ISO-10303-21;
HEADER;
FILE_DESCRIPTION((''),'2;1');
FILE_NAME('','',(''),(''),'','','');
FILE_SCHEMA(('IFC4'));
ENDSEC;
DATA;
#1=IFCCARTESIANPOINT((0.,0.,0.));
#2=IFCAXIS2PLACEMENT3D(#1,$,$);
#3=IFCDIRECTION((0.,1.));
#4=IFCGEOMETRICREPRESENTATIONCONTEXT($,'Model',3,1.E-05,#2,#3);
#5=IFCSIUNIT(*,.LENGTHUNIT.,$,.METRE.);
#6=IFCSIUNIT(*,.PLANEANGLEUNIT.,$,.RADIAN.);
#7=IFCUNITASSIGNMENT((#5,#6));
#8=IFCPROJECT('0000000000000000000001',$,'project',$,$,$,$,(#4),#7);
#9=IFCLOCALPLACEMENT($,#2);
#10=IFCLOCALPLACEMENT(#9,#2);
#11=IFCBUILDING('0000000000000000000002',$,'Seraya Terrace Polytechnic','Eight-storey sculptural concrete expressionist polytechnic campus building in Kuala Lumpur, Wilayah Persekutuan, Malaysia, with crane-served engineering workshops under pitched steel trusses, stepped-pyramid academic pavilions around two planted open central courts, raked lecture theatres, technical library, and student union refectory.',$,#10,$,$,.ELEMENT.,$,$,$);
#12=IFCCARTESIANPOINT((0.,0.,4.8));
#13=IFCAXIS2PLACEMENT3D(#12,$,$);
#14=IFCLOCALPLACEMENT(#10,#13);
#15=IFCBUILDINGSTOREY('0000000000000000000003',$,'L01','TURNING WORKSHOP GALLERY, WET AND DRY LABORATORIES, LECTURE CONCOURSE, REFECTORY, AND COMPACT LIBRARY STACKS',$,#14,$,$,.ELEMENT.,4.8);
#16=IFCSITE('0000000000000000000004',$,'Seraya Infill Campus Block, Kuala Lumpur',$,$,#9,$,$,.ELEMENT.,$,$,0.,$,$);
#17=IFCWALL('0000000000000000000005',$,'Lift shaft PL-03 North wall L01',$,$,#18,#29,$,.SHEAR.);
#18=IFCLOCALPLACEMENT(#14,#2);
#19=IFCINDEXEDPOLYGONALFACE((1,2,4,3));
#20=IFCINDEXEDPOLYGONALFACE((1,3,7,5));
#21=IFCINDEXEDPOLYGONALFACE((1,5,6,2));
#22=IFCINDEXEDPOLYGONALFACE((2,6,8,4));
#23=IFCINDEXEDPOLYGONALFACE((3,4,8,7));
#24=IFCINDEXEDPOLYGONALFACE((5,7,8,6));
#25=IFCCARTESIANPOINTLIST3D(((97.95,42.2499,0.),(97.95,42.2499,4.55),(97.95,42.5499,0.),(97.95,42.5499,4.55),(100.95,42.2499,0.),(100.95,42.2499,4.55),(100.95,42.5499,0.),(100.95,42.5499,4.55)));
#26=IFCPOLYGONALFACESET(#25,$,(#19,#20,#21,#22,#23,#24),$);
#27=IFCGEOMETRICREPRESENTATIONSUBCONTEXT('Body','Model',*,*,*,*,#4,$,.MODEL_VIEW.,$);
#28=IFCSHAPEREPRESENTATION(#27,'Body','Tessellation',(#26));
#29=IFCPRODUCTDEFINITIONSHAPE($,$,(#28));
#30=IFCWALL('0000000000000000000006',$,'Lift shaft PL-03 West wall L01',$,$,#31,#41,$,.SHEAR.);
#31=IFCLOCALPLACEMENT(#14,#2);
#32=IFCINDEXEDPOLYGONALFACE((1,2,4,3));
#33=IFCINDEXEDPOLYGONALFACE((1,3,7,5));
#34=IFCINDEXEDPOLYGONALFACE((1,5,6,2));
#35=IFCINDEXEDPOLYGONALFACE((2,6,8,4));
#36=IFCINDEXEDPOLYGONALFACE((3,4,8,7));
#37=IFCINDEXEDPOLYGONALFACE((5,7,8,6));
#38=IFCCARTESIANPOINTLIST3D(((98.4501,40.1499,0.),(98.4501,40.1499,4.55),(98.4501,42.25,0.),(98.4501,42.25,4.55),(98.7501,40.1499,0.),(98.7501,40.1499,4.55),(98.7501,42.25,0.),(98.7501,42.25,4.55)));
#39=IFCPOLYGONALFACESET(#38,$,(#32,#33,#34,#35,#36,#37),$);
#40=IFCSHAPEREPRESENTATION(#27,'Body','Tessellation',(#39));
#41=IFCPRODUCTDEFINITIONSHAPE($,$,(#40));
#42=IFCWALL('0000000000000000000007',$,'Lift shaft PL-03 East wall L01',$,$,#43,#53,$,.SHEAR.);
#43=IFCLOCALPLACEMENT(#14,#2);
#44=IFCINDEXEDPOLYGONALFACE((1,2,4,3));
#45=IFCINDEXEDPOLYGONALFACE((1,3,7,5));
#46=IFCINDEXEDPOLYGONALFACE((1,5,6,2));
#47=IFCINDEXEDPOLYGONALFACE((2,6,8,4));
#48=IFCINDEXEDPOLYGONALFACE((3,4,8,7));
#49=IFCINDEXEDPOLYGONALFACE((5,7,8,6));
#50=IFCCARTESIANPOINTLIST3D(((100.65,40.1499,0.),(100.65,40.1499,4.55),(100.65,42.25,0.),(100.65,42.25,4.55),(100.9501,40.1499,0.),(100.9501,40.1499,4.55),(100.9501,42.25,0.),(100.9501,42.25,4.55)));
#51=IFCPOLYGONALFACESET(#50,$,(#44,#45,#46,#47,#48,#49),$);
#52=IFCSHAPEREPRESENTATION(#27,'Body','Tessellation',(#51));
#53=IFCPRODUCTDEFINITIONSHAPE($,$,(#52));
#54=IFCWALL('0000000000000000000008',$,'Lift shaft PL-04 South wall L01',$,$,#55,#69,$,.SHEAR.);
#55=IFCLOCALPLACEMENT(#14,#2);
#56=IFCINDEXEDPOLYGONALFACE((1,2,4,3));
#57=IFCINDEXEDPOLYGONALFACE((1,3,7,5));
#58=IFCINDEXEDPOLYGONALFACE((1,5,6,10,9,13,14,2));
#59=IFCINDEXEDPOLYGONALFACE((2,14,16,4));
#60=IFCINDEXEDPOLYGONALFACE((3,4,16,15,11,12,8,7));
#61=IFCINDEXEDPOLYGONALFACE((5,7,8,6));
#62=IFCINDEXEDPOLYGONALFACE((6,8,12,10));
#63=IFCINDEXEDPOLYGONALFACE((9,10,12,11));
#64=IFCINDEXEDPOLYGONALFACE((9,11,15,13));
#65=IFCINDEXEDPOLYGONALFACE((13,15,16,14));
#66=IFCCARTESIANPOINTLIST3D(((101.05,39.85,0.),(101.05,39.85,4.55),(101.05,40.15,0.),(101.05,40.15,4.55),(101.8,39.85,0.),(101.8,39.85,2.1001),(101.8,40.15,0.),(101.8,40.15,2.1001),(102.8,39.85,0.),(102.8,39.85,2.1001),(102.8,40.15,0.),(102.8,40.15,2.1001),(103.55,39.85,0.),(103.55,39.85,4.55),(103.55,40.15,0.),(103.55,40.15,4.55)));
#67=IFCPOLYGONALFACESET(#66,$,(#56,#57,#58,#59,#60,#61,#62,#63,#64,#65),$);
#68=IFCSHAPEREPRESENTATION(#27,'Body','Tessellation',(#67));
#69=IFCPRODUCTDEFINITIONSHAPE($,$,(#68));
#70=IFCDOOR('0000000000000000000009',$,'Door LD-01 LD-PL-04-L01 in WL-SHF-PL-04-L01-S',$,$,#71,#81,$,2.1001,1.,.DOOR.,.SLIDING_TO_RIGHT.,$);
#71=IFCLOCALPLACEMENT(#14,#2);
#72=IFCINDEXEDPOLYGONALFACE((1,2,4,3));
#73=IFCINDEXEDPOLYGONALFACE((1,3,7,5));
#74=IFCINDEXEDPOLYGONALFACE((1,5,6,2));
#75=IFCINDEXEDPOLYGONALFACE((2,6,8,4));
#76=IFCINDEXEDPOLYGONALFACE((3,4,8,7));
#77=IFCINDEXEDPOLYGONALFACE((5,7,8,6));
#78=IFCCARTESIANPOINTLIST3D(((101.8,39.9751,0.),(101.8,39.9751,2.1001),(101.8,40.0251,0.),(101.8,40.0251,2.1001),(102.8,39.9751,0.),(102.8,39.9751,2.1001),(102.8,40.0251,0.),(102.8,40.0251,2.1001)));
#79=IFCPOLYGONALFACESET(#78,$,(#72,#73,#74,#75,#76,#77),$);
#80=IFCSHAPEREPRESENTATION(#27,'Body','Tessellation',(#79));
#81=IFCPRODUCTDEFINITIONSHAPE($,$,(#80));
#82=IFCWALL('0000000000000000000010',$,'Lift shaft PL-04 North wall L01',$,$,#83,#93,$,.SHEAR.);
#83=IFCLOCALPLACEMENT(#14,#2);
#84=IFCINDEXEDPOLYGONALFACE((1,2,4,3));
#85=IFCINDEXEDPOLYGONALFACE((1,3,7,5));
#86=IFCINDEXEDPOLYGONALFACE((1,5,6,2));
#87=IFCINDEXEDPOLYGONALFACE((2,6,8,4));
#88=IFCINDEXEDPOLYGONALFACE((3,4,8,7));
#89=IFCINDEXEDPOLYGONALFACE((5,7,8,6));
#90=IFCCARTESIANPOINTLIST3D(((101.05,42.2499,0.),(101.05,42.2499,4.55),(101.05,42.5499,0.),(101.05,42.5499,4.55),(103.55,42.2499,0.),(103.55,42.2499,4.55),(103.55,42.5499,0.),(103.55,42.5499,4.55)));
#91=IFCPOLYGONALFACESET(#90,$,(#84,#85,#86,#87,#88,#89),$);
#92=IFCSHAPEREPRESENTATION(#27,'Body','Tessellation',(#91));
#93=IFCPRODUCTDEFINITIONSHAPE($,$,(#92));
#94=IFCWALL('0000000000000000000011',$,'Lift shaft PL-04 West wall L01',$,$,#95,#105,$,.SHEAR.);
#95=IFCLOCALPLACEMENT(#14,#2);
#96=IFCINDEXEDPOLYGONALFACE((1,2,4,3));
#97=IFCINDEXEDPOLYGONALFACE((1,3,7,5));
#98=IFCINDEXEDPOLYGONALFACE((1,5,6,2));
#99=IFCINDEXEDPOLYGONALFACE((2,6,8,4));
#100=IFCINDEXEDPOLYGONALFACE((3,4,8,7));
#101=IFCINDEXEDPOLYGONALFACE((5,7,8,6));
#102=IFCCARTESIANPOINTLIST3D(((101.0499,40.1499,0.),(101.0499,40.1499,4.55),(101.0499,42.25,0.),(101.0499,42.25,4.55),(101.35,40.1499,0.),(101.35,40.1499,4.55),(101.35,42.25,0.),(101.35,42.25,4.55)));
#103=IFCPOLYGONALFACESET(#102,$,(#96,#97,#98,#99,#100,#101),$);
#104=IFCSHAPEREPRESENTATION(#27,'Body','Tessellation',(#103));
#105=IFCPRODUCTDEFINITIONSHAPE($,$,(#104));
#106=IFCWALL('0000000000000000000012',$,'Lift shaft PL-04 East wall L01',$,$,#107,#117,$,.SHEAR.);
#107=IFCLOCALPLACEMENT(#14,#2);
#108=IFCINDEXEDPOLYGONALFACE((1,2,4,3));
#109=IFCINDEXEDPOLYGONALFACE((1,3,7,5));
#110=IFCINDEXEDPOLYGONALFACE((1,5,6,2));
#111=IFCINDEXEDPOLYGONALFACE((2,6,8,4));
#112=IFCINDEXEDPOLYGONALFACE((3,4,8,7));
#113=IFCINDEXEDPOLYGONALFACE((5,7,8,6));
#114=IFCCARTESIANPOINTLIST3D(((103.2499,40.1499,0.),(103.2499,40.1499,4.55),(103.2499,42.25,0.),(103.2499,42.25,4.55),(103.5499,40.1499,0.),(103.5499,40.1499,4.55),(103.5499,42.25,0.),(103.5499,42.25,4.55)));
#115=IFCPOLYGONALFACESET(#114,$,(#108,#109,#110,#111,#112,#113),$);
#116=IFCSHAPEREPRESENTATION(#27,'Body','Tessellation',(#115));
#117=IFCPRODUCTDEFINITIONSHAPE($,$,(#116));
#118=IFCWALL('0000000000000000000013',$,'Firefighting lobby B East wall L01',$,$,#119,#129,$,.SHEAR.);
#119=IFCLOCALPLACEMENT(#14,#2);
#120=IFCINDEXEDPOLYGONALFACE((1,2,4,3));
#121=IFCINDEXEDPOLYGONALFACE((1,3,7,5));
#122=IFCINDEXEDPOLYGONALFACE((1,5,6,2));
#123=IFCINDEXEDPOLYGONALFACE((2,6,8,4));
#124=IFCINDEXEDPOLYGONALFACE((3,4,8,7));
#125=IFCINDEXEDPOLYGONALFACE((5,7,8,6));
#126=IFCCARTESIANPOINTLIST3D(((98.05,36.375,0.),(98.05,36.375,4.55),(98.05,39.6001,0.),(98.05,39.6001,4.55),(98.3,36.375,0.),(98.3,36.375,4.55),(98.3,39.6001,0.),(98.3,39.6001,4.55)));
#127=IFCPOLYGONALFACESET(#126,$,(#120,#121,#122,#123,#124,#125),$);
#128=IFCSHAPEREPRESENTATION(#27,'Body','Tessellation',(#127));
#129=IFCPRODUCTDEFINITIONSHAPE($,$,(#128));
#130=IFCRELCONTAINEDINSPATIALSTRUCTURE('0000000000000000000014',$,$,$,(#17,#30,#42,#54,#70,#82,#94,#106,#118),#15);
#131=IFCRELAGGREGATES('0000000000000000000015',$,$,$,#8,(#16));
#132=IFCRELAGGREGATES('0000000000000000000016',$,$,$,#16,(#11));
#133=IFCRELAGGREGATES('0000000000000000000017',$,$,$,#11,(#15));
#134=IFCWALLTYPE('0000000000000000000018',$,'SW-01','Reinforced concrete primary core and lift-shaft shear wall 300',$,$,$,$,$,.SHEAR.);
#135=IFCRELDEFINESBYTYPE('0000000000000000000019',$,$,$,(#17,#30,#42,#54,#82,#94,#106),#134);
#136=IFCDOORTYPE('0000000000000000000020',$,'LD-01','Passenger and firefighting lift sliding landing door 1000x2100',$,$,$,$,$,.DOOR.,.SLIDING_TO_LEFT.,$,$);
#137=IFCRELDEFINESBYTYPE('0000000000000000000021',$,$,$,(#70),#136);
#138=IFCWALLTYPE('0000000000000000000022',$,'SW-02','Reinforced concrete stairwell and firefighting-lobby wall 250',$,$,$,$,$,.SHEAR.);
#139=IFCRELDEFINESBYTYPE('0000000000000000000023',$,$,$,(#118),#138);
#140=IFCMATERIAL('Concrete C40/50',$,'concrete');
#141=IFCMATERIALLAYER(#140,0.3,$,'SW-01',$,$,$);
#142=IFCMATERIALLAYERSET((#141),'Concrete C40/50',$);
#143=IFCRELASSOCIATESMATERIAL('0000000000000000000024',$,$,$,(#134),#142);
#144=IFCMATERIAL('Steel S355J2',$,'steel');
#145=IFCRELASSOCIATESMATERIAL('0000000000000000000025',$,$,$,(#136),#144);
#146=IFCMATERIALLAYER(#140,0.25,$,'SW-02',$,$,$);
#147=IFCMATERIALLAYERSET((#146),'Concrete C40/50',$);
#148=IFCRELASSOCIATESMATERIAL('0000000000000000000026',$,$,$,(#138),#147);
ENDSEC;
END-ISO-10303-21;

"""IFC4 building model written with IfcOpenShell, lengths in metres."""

from ifc_helpers import new_model, si_unit, direction, frame, frame_2d, origin, place, context, subcontext, project, spatial, rectangle, extrude, material, layer, layer_set, type_object, element, fill, save


model = new_model("IFC4")

# Units and contexts
model_context = context("Model", 3, precision=1e-05, world=origin(), true_north=direction((0.0, 1.0)))
body_context = subcontext(model_context, "Body", "Model", "MODEL_VIEW")
ifc_project = project(units=[si_unit("LENGTHUNIT", "METRE"), si_unit("PLANEANGLEUNIT", "RADIAN")], contexts=[model_context])

# Site, building, storey
site_placement = place(None, origin())
site = spatial("IfcSite", under=ifc_project, at=site_placement, Name="Seraya Infill Campus Block, Kuala Lumpur", CompositionType="ELEMENT", RefElevation=0.0)
building_placement = place(site_placement, origin())
building = spatial("IfcBuilding", under=site, at=building_placement, Name="Seraya Terrace Polytechnic", Description="Eight-storey sculptural concrete expressionist polytechnic campus building in Kuala Lumpur, Wilayah Persekutuan, Malaysia, with crane-served engineering workshops under pitched steel trusses, stepped-pyramid academic pavilions around two planted open central courts, raked lecture theatres, technical library, and student union refectory.", CompositionType="ELEMENT")
storey_placement = place(building_placement, frame((0.0, 0.0, 4.8)))
storey = spatial("IfcBuildingStorey", under=building, at=storey_placement, Name="L01", Description="TURNING WORKSHOP GALLERY, WET AND DRY LABORATORIES, LECTURE CONCOURSE, REFECTORY, AND COMPACT LIBRARY STACKS", CompositionType="ELEMENT", Elevation=4.8)

# Shared definitions
ifc_material_1 = material(Name="Concrete C40/50", Category="concrete")

# Shared definitions
ifc_layer_1 = layer(ifc_material_1, 0.3, Name="SW-01")
ifc_layer_set_1 = layer_set([ifc_layer_1], Name="Concrete C40/50")
wall_type_1 = type_object("IfcWallType", Name="SW-01", Description="Reinforced concrete primary core and lift-shaft shear wall 300", PredefinedType="SHEAR", material=ifc_layer_set_1)
ifc_material_2 = material(Name="Steel S355J2", Category="steel")
door_type = type_object("IfcDoorType", Name="LD-01", Description="Passenger and firefighting lift sliding landing door 1000x2100", OperationType="SLIDING_TO_LEFT", PredefinedType="DOOR", material=ifc_material_2)

# Walls
wall_1_placement = place(storey_placement, frame((97.95, 42.3999, 0.0), z_axis=(0.0, 0.0, 1.0), x_axis=(1.0, 0.0, 0.0)))
element("IfcWall", 1, at=wall_1_placement, inside=storey, type_object=wall_type_1, Name="Lift shaft PL-03 North wall L01", PredefinedType="SHEAR", context=body_context, shape_type="SweptSolid", body=[
    extrude(rectangle(XDim=3.0, YDim=0.3, at=frame_2d((1.5, 0.0))), origin(), (0.0, 0.0, 1.0), 4.55),
])
for number, where, z_axis, x_axis, name in (
    (2, (98.6001, 40.1499, 0.0), (0.0, 0.0, 1.0), (0.0, 1.0, 0.0), "Lift shaft PL-03 West wall L01"),
    (3, (100.8, 40.1499, 0.0), (0.0, 0.0, 1.0), (0.0, 1.0, 0.0), "Lift shaft PL-03 East wall L01"),
):
    element("IfcWall", number, at=place(storey_placement, frame(where, z_axis=z_axis, x_axis=x_axis)), inside=storey, type_object=wall_type_1, Name=name, PredefinedType="SHEAR", context=body_context, shape_type="SweptSolid", body=[
        extrude(rectangle(XDim=2.1001, YDim=0.3, at=frame_2d((1.05, 0.0))), origin(), (0.0, 0.0, 1.0), 4.55),
    ])

# Wall, opening, door
wall_2_placement = place(storey_placement, frame((101.05, 40.0, 0.0), z_axis=(0.0, 0.0, 1.0), x_axis=(1.0, 0.0, 0.0)))
wall_2 = element("IfcWall", 4, at=wall_2_placement, inside=storey, type_object=wall_type_1, Name="Lift shaft PL-04 South wall L01", PredefinedType="SHEAR", context=body_context, shape_type="SweptSolid", body=[
    extrude(rectangle(XDim=2.5, YDim=0.3, at=frame_2d((1.25, 0.0))), origin(), (0.0, 0.0, 1.0), 4.55),
])
opening_1_placement = place(wall_2_placement, frame((0.75, 0.0, 0.0)))
opening_1 = element("IfcOpeningElement", 5, at=opening_1_placement, cuts=wall_2, PredefinedType="OPENING", context=body_context, shape_type="SweptSolid", body=[
    extrude(rectangle(XDim=1.0, YDim=2.1001, at=frame_2d((0.5, 1.05))), frame((0.0, 0.1621, 0.0), z_axis=(0.0, -1.0, 0.0), x_axis=(1.0, 0.0, 0.0)), (0.0, 0.0, 1.0), 0.324),
])
door_1_placement = place(opening_1_placement, frame((1.0, 0.0, 0.0), z_axis=(0.0, 0.0, 1.0), x_axis=(-1.0, 0.0, 0.0)))
door_1 = element("IfcDoor", 6, at=door_1_placement, inside=storey, type_object=door_type, Name="Door LD-01 LD-PL-04-L01 in WL-SHF-PL-04-L01-S", OperationType="SLIDING_TO_RIGHT", OverallHeight=2.1001, OverallWidth=1.0, PredefinedType="DOOR", context=body_context, shape_type="SweptSolid", body=[
    extrude(rectangle(XDim=1.0, YDim=2.1001, at=frame_2d((0.5, 1.05))), frame((0.0, 0.0249, 0.0), z_axis=(0.0, -1.0, 0.0), x_axis=(1.0, 0.0, 0.0)), (0.0, 0.0, 1.0), 0.05),
])
fill(opening_1, door_1)

# Walls
wall_3_placement = place(storey_placement, frame((101.05, 42.3999, 0.0), z_axis=(0.0, 0.0, 1.0), x_axis=(1.0, 0.0, 0.0)))
element("IfcWall", 7, at=wall_3_placement, inside=storey, type_object=wall_type_1, Name="Lift shaft PL-04 North wall L01", PredefinedType="SHEAR", context=body_context, shape_type="SweptSolid", body=[
    extrude(rectangle(XDim=2.5, YDim=0.3, at=frame_2d((1.25, 0.0))), origin(), (0.0, 0.0, 1.0), 4.55),
])
for number, where, z_axis, x_axis, name in (
    (8, (101.2, 40.1499, 0.0), (0.0, 0.0, 1.0), (0.0, 1.0, 0.0), "Lift shaft PL-04 West wall L01"),
    (9, (103.3999, 40.1499, 0.0), (0.0, 0.0, 1.0), (0.0, 1.0, 0.0), "Lift shaft PL-04 East wall L01"),
):
    element("IfcWall", number, at=place(storey_placement, frame(where, z_axis=z_axis, x_axis=x_axis)), inside=storey, type_object=wall_type_1, Name=name, PredefinedType="SHEAR", context=body_context, shape_type="SweptSolid", body=[
        extrude(rectangle(XDim=2.1001, YDim=0.3, at=frame_2d((1.05, 0.0))), origin(), (0.0, 0.0, 1.0), 4.55),
    ])
ifc_layer_2 = layer(ifc_material_1, 0.25, Name="SW-02")
ifc_layer_set_2 = layer_set([ifc_layer_2], Name="Concrete C40/50")
wall_type_2 = type_object("IfcWallType", Name="SW-02", Description="Reinforced concrete stairwell and firefighting-lobby wall 250", PredefinedType="SHEAR", material=ifc_layer_set_2)
wall_4_placement = place(storey_placement, frame((98.175, 36.375, 0.0), z_axis=(0.0, 0.0, 1.0), x_axis=(0.0, 1.0, 0.0)))
element("IfcWall", 10, at=wall_4_placement, inside=storey, type_object=wall_type_2, Name="Firefighting lobby B East wall L01", PredefinedType="SHEAR", context=body_context, shape_type="SweptSolid", body=[
    extrude(rectangle(XDim=3.2251, YDim=0.25, at=frame_2d((1.6125, 0.0))), origin(), (0.0, 0.0, 1.0), 4.55),
])

save(model, "model.ifc")
